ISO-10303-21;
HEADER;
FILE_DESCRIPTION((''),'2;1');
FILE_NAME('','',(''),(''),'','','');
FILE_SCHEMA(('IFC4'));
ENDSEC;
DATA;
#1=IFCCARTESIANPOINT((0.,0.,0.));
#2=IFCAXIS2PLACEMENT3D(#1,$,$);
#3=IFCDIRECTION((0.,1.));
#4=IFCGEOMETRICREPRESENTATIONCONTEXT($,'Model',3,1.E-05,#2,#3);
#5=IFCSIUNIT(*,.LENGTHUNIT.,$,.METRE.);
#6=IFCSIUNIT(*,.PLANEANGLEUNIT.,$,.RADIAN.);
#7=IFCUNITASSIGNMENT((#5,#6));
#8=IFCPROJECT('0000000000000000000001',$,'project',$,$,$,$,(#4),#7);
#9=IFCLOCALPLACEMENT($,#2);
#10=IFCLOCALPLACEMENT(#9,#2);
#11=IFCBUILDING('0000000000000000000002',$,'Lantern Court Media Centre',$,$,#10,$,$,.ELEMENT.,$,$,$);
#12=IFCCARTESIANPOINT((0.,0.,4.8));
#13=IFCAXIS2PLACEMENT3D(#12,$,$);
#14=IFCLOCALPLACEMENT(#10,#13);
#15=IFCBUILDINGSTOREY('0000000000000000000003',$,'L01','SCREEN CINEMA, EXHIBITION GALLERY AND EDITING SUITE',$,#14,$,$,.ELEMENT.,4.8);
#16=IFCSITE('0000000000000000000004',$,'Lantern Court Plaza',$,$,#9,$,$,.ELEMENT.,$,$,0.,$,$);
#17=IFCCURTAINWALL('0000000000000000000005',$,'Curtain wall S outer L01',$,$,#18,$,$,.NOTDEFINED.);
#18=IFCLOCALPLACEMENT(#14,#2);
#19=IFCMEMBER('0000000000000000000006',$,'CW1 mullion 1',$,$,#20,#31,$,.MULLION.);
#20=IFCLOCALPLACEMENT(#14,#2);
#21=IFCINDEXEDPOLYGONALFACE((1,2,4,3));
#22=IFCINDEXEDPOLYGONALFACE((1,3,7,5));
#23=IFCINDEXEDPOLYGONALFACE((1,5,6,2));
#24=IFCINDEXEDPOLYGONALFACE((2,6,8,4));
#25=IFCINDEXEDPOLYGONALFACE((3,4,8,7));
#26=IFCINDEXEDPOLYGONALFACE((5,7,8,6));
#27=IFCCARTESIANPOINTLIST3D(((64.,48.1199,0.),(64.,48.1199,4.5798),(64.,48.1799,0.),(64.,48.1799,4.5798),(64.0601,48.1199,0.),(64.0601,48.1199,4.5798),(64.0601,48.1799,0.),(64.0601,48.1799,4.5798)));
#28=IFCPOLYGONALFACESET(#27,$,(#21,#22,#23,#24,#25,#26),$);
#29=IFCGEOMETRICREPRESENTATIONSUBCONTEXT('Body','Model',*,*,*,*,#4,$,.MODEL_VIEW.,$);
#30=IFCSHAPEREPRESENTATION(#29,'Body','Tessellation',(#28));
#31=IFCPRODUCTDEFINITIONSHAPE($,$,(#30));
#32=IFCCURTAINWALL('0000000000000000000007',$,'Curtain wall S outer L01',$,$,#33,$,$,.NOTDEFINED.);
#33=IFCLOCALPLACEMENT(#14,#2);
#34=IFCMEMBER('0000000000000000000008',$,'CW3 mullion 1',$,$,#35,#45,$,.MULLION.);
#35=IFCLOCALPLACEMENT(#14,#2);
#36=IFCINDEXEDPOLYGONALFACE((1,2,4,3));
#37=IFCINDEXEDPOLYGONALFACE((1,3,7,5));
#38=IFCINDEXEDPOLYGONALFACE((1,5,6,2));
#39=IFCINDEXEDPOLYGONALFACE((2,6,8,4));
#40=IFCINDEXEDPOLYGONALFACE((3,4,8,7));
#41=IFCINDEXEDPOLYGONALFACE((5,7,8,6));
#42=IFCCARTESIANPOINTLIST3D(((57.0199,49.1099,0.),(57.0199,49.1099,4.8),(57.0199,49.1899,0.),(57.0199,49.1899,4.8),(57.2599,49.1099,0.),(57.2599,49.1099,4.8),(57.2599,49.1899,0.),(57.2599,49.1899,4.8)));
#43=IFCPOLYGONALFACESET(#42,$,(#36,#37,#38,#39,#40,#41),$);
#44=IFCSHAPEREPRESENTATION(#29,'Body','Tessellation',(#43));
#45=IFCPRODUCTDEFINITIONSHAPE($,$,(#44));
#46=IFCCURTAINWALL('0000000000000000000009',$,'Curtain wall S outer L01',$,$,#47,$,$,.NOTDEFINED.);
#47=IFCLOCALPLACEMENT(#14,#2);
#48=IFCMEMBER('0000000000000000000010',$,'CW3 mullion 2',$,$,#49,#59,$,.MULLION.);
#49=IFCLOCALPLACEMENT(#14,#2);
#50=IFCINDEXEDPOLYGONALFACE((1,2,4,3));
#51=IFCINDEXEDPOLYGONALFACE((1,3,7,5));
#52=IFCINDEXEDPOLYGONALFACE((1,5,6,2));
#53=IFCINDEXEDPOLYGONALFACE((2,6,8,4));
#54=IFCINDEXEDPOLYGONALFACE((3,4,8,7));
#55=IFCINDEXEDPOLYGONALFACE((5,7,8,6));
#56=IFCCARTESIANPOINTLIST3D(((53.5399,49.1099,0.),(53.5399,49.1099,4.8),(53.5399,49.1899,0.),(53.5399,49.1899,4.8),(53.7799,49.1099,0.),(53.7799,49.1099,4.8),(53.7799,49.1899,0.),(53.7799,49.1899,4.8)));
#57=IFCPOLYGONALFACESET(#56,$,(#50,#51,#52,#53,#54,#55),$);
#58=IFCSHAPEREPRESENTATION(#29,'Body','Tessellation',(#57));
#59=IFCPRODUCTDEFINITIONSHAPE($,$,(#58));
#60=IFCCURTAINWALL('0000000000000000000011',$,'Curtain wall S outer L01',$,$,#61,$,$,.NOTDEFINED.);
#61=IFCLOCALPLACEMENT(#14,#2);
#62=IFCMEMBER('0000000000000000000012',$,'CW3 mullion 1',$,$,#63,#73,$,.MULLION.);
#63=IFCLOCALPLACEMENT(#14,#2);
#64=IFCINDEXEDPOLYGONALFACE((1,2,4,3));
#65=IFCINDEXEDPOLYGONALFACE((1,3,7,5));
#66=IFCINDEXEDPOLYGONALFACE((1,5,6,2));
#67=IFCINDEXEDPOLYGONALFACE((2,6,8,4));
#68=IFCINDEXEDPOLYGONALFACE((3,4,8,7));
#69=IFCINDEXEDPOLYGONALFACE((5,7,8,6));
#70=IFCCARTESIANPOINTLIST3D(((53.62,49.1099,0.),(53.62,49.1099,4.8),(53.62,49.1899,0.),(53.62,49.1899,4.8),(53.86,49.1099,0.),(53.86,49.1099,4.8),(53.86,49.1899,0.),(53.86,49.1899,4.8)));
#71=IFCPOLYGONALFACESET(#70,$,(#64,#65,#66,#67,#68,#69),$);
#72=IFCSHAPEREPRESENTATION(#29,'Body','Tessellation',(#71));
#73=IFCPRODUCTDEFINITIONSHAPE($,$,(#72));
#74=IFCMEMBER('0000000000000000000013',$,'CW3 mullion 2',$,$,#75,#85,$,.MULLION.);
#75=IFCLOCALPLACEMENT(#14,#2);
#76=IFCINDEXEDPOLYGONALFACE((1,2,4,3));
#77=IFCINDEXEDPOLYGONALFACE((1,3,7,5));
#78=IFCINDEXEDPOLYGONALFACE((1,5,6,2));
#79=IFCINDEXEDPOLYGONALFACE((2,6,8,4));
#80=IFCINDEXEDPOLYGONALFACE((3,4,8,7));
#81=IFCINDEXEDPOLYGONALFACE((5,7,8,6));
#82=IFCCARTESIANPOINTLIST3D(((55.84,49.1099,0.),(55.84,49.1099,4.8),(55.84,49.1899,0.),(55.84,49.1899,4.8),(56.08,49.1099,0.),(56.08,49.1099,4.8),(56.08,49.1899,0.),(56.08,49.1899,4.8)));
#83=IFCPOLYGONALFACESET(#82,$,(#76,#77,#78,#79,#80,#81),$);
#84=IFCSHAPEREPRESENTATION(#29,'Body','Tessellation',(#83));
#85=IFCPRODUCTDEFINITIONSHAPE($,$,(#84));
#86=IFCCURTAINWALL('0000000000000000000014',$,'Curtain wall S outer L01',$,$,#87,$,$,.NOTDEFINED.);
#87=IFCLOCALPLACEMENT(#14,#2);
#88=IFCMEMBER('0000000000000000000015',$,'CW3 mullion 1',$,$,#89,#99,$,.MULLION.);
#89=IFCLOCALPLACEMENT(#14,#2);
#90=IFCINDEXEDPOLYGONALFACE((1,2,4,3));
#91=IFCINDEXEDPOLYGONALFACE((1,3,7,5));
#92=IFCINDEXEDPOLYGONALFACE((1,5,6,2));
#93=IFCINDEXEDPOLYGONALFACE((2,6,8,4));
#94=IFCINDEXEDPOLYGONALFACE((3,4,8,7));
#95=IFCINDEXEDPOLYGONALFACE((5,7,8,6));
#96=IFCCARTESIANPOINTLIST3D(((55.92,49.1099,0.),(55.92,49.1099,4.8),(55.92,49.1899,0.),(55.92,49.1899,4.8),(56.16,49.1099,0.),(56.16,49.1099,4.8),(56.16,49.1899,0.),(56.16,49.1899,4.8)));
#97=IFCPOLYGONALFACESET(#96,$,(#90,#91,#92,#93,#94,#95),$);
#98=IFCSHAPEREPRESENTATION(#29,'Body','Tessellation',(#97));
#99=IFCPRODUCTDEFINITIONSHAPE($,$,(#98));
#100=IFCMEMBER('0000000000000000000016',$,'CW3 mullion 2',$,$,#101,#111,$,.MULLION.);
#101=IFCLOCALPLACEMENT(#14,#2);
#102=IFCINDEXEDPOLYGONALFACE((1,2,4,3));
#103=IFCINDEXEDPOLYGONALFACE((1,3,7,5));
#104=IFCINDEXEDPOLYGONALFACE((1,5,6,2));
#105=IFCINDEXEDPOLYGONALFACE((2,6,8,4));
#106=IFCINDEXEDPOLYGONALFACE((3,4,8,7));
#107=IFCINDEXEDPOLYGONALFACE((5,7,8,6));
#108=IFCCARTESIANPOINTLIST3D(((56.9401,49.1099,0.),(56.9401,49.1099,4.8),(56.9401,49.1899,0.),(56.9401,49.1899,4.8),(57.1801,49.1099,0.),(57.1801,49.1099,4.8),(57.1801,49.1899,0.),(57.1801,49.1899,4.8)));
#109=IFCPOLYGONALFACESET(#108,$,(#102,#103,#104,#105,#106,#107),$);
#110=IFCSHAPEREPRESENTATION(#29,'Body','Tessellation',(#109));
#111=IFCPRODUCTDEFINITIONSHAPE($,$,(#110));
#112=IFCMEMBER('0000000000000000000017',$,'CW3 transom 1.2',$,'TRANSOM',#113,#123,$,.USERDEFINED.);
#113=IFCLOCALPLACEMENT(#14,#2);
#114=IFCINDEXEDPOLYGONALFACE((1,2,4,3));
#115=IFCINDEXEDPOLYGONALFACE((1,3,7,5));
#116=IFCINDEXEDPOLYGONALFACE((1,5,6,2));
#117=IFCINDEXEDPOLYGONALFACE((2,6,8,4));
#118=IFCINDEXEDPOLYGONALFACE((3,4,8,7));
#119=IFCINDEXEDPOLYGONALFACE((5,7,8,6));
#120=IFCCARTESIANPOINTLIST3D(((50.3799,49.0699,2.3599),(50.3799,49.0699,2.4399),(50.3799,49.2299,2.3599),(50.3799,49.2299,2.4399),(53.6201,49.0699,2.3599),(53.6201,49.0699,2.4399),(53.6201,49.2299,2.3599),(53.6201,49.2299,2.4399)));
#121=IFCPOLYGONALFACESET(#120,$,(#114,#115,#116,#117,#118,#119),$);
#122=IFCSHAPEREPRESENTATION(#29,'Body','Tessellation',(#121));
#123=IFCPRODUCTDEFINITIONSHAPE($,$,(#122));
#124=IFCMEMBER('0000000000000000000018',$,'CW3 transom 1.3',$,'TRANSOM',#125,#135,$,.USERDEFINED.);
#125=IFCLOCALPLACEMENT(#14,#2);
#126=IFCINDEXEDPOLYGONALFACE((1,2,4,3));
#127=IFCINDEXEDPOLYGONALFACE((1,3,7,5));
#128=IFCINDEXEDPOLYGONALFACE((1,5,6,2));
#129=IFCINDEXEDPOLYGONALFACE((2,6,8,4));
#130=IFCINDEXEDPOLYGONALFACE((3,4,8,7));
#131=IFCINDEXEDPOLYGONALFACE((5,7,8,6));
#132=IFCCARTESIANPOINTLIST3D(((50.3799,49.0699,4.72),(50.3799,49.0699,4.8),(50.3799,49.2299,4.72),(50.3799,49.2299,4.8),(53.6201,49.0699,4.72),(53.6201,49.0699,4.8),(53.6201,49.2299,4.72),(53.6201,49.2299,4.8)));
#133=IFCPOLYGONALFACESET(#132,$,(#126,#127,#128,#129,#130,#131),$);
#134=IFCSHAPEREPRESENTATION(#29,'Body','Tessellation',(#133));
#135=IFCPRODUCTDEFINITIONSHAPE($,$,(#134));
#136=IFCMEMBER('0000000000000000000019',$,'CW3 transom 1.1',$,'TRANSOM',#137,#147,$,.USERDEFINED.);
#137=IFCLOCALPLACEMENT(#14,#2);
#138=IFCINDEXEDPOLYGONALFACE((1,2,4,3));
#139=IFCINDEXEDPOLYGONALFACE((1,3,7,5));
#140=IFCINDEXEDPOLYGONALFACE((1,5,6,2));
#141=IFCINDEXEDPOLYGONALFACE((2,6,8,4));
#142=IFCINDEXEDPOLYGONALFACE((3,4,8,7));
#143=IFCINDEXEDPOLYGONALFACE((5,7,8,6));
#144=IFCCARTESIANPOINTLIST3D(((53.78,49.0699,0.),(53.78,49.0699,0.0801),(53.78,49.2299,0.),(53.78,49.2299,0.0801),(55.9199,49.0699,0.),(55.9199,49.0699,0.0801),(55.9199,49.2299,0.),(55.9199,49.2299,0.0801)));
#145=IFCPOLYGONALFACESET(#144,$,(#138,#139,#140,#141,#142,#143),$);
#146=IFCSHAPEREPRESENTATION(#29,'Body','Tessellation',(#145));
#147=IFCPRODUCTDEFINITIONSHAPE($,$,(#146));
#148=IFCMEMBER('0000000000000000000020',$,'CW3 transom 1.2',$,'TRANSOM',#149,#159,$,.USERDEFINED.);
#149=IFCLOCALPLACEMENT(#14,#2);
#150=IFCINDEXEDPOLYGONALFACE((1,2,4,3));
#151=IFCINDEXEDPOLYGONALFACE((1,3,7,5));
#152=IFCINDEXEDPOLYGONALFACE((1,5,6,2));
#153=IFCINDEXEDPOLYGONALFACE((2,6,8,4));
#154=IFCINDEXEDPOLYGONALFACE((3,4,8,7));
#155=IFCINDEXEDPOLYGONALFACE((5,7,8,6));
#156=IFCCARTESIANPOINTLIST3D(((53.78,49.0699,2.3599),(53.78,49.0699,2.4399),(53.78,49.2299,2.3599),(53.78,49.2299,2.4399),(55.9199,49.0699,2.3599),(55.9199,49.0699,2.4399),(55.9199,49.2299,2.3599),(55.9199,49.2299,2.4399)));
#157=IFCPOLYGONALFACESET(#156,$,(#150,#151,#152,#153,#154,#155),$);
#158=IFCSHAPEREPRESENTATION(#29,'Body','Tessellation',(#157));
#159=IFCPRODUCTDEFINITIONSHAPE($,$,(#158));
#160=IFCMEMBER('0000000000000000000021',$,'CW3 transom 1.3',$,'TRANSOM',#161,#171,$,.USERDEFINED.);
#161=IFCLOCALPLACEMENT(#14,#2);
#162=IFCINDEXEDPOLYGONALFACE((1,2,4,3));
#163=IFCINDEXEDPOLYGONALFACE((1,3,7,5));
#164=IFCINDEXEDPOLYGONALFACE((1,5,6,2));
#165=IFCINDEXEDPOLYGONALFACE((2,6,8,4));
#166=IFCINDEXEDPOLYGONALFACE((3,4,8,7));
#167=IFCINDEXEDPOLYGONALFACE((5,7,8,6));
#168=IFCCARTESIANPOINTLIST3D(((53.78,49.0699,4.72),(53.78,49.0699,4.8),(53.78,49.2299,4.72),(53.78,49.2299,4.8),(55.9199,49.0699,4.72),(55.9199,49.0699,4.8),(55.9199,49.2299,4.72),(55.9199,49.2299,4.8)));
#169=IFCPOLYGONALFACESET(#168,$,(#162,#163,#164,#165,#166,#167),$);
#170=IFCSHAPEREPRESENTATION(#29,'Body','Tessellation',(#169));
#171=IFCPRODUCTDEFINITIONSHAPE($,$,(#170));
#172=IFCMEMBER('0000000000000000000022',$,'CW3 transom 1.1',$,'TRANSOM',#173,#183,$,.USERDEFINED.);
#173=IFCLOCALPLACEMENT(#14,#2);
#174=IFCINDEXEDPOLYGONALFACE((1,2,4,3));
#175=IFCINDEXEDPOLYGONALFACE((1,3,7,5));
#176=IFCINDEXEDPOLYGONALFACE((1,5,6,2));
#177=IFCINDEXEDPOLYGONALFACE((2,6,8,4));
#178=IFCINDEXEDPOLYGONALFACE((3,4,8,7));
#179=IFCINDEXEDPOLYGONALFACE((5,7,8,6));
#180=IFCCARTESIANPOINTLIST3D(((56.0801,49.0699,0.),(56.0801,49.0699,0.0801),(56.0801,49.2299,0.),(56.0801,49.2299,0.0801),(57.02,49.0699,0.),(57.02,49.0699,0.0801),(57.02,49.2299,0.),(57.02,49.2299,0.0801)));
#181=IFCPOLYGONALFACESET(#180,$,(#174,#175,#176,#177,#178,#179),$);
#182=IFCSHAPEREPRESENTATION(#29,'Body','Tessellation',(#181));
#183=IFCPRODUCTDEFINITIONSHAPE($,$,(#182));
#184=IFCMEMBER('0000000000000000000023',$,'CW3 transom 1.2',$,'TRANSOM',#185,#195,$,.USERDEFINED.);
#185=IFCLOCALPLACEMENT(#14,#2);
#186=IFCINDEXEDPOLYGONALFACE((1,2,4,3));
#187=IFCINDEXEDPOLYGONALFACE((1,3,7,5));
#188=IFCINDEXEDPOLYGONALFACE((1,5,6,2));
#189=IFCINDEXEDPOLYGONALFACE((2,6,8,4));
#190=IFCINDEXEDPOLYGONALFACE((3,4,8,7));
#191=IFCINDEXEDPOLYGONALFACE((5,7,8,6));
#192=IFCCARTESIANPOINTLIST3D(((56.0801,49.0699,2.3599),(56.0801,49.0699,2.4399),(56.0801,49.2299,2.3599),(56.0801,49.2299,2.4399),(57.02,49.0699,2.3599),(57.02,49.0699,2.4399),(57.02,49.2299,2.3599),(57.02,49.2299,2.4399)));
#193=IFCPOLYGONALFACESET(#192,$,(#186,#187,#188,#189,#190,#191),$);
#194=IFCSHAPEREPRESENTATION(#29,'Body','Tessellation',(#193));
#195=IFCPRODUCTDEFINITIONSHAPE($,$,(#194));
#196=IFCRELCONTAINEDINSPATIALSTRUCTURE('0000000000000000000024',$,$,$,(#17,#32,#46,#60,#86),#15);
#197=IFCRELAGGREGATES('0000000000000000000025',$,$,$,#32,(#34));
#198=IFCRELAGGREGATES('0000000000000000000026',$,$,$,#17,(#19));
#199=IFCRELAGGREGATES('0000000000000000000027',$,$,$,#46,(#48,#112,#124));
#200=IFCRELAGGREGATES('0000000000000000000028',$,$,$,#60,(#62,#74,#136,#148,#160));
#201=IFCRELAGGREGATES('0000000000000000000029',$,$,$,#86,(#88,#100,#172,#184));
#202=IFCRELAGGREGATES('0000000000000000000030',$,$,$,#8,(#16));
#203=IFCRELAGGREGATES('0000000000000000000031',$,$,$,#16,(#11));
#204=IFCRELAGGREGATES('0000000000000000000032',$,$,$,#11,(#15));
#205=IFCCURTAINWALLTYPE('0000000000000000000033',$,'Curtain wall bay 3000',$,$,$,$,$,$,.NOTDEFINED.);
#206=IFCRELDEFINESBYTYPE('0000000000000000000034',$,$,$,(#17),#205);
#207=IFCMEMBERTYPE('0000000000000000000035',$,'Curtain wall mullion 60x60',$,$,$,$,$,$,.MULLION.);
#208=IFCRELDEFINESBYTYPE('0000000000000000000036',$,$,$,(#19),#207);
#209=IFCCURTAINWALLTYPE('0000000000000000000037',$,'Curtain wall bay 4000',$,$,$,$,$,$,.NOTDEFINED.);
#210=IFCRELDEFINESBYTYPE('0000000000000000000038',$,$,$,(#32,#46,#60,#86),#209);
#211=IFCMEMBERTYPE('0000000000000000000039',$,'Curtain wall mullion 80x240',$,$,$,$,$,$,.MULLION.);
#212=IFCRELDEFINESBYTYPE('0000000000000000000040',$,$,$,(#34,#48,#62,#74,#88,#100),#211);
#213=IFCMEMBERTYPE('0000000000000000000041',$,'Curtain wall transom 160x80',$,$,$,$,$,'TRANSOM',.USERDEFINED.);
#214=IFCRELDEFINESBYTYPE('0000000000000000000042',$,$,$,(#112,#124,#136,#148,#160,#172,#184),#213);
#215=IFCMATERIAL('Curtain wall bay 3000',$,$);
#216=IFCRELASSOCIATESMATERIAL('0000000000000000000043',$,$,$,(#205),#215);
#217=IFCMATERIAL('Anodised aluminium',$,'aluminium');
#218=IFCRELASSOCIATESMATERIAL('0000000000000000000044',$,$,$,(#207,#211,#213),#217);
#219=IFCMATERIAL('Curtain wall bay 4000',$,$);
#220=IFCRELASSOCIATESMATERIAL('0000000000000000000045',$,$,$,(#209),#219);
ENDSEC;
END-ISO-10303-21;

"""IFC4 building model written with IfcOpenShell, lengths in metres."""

from ifc_helpers import new_model, si_unit, direction, frame, origin, origin_2d, place, context, subcontext, project, spatial, rectangle, extrude, material, material_profile, profile_set, type_object, element, aggregate, save


model = new_model("IFC4")

# Units and contexts
model_context = context("Model", 3, precision=1e-05, world=origin(), true_north=direction((0.0, 1.0)))
body_context = subcontext(model_context, "Body", "Model", "MODEL_VIEW")
ifc_project = project(units=[si_unit("LENGTHUNIT", "METRE"), si_unit("PLANEANGLEUNIT", "RADIAN")], contexts=[model_context])

# Site, building, storey
site_placement = place(None, origin())
site = spatial("IfcSite", under=ifc_project, at=site_placement, Name="Lantern Court Plaza", CompositionType="ELEMENT", RefElevation=0.0)
building_placement = place(site_placement, origin())
building = spatial("IfcBuilding", under=site, at=building_placement, Name="Lantern Court Media Centre", CompositionType="ELEMENT")
storey_placement = place(building_placement, frame((0.0, 0.0, 4.8)))
storey = spatial("IfcBuildingStorey", under=building, at=storey_placement, Name="L01", Description="SCREEN CINEMA, EXHIBITION GALLERY AND EDITING SUITE", CompositionType="ELEMENT", Elevation=4.8)

# Curtain walls, members
ifc_material_1 = material(Name="Curtain wall bay 3000")
curtain_wall_type_1 = type_object("IfcCurtainWallType", Name="Curtain wall bay 3000", PredefinedType="NOTDEFINED", material=ifc_material_1)
curtain_wall_1_placement = place(storey_placement, origin())
curtain_wall_1 = element("IfcCurtainWall", 1, at=curtain_wall_1_placement, inside=storey, type_object=curtain_wall_type_1, Name="Curtain wall S outer L01", PredefinedType="NOTDEFINED")
ifc_material_2 = material(Name="Anodised aluminium", Category="aluminium")
ifc_material_profile_1 = material_profile(ifc_material_2, rectangle(XDim=0.0601, YDim=0.0601, at=origin_2d()), Name="AL 60x60")
ifc_profile_set_1 = profile_set([ifc_material_profile_1], Name="Anodised aluminium")
member_type_1 = type_object("IfcMemberType", Name="Curtain wall mullion 60x60", PredefinedType="MULLION", material=ifc_profile_set_1)
member_1_placement = place(storey_placement, frame((64.03, 48.1499, 0.0), z_axis=(0.0, 0.0, 1.0), x_axis=(0.0, 1.0, 0.0)))
member_1 = element("IfcMember", 2, at=member_1_placement, type_object=member_type_1, Name="CW1 mullion 1", PredefinedType="MULLION", context=body_context, shape_type="SweptSolid", body=[
    extrude(rectangle(XDim=0.0601, YDim=0.0601, at=origin_2d()), origin(), (0.0, 0.0, 1.0), 4.5798),
])
ifc_material_3 = material(Name="Curtain wall bay 4000")
curtain_wall_type_2 = type_object("IfcCurtainWallType", Name="Curtain wall bay 4000", PredefinedType="NOTDEFINED", material=ifc_material_3)
curtain_wall_2_placement = place(storey_placement, origin())
curtain_wall_2 = element("IfcCurtainWall", 3, at=curtain_wall_2_placement, inside=storey, type_object=curtain_wall_type_2, Name="Curtain wall S outer L01", PredefinedType="NOTDEFINED")
ifc_material_profile_2 = material_profile(ifc_material_2, rectangle(XDim=0.0801, YDim=0.24, at=origin_2d()), Name="AL 80x240")
ifc_profile_set_2 = profile_set([ifc_material_profile_2], Name="Anodised aluminium")
member_type_2 = type_object("IfcMemberType", Name="Curtain wall mullion 80x240", PredefinedType="MULLION", material=ifc_profile_set_2)
member_2_placement = place(storey_placement, frame((57.1399, 49.1499, 0.0), z_axis=(0.0, 0.0, 1.0), x_axis=(0.0, 1.0, 0.0)))
member_2 = element("IfcMember", 4, at=member_2_placement, type_object=member_type_2, Name="CW3 mullion 1", PredefinedType="MULLION", context=body_context, shape_type="SweptSolid", body=[
    extrude(rectangle(XDim=0.0801, YDim=0.24, at=origin_2d()), origin(), (0.0, 0.0, 1.0), 4.8),
])
aggregate(curtain_wall_2, [member_2])
curtain_wall_3_placement = place(storey_placement, origin())
curtain_wall_3 = element("IfcCurtainWall", 5, at=curtain_wall_3_placement, inside=storey, type_object=curtain_wall_type_2, Name="Curtain wall S outer L01", PredefinedType="NOTDEFINED")
member_3_placement = place(storey_placement, frame((53.6599, 49.1499, 0.0), z_axis=(0.0, 0.0, 1.0), x_axis=(0.0, 1.0, 0.0)))
member_3 = element("IfcMember", 6, at=member_3_placement, type_object=member_type_2, Name="CW3 mullion 2", PredefinedType="MULLION", context=body_context, shape_type="SweptSolid", body=[
    extrude(rectangle(XDim=0.0801, YDim=0.24, at=origin_2d()), origin(), (0.0, 0.0, 1.0), 4.8),
])

# Curtain walls, members
curtain_wall_4_placement = place(storey_placement, origin())
curtain_wall_4 = element("IfcCurtainWall", 7, at=curtain_wall_4_placement, inside=storey, type_object=curtain_wall_type_2, Name="Curtain wall S outer L01", PredefinedType="NOTDEFINED")
member_4_placement = place(storey_placement, frame((53.74, 49.1499, 0.0), z_axis=(0.0, 0.0, 1.0), x_axis=(0.0, 1.0, 0.0)))
member_4 = element("IfcMember", 8, at=member_4_placement, type_object=member_type_2, Name="CW3 mullion 1", PredefinedType="MULLION", context=body_context, shape_type="SweptSolid", body=[
    extrude(rectangle(XDim=0.0801, YDim=0.24, at=origin_2d()), origin(), (0.0, 0.0, 1.0), 4.8),
])
member_5_placement = place(storey_placement, frame((55.96, 49.1499, 0.0), z_axis=(0.0, 0.0, 1.0), x_axis=(0.0, 1.0, 0.0)))
member_5 = element("IfcMember", 9, at=member_5_placement, type_object=member_type_2, Name="CW3 mullion 2", PredefinedType="MULLION", context=body_context, shape_type="SweptSolid", body=[
    extrude(rectangle(XDim=0.0801, YDim=0.24, at=origin_2d()), origin(), (0.0, 0.0, 1.0), 4.8),
])
curtain_wall_5_placement = place(storey_placement, origin())
curtain_wall_5 = element("IfcCurtainWall", 10, at=curtain_wall_5_placement, inside=storey, type_object=curtain_wall_type_2, Name="Curtain wall S outer L01", PredefinedType="NOTDEFINED")
member_6_placement = place(storey_placement, frame((56.04, 49.1499, 0.0), z_axis=(0.0, 0.0, 1.0), x_axis=(0.0, 1.0, 0.0)))
member_6 = element("IfcMember", 11, at=member_6_placement, type_object=member_type_2, Name="CW3 mullion 1", PredefinedType="MULLION", context=body_context, shape_type="SweptSolid", body=[
    extrude(rectangle(XDim=0.0801, YDim=0.24, at=origin_2d()), origin(), (0.0, 0.0, 1.0), 4.8),
])
member_7_placement = place(storey_placement, frame((57.0601, 49.1499, 0.0), z_axis=(0.0, 0.0, 1.0), x_axis=(0.0, 1.0, 0.0)))
member_7 = element("IfcMember", 12, at=member_7_placement, type_object=member_type_2, Name="CW3 mullion 2", PredefinedType="MULLION", context=body_context, shape_type="SweptSolid", body=[
    extrude(rectangle(XDim=0.0801, YDim=0.24, at=origin_2d()), origin(), (0.0, 0.0, 1.0), 4.8),
])

# Members
ifc_material_profile_3 = material_profile(ifc_material_2, rectangle(XDim=0.1599, YDim=0.0801, at=origin_2d()), Name="AL 80x160")
ifc_profile_set_3 = profile_set([ifc_material_profile_3], Name="Anodised aluminium")
member_type_3 = type_object("IfcMemberType", Name="Curtain wall transom 160x80", ElementType="TRANSOM", PredefinedType="USERDEFINED", material=ifc_profile_set_3)
member_8_placement = place(storey_placement, frame((50.3799, 49.1499, 2.3999), z_axis=(1.0, 0.0, 0.0), x_axis=(0.0, 1.0, 0.0)))
member_8 = element("IfcMember", 13, at=member_8_placement, type_object=member_type_3, Name="CW3 transom 1.2", ObjectType="TRANSOM", PredefinedType="USERDEFINED", context=body_context, shape_type="SweptSolid", body=[
    extrude(rectangle(XDim=0.1599, YDim=0.0801, at=origin_2d()), origin(), (0.0, 0.0, 1.0), 3.2402),
])
member_9_placement = place(storey_placement, frame((50.3799, 49.1499, 4.76), z_axis=(1.0, 0.0, 0.0), x_axis=(0.0, 1.0, 0.0)))
member_9 = element("IfcMember", 14, at=member_9_placement, type_object=member_type_3, Name="CW3 transom 1.3", ObjectType="TRANSOM", PredefinedType="USERDEFINED", context=body_context, shape_type="SweptSolid", body=[
    extrude(rectangle(XDim=0.1599, YDim=0.0801, at=origin_2d()), origin(), (0.0, 0.0, 1.0), 3.2402),
])
member_10_placement = place(storey_placement, frame((53.78, 49.1499, 0.04), z_axis=(1.0, 0.0, 0.0), x_axis=(0.0, 1.0, 0.0)))
member_10 = element("IfcMember", 15, at=member_10_placement, type_object=member_type_3, Name="CW3 transom 1.1", ObjectType="TRANSOM", PredefinedType="USERDEFINED", context=body_context, shape_type="SweptSolid", body=[
    extrude(rectangle(XDim=0.1599, YDim=0.0801, at=origin_2d()), origin(), (0.0, 0.0, 1.0), 2.1399),
])
member_11_placement = place(storey_placement, frame((53.78, 49.1499, 2.3999), z_axis=(1.0, 0.0, 0.0), x_axis=(0.0, 1.0, 0.0)))
member_11 = element("IfcMember", 16, at=member_11_placement, type_object=member_type_3, Name="CW3 transom 1.2", ObjectType="TRANSOM", PredefinedType="USERDEFINED", context=body_context, shape_type="SweptSolid", body=[
    extrude(rectangle(XDim=0.1599, YDim=0.0801, at=origin_2d()), origin(), (0.0, 0.0, 1.0), 2.1399),
])
member_12_placement = place(storey_placement, frame((53.78, 49.1499, 4.76), z_axis=(1.0, 0.0, 0.0), x_axis=(0.0, 1.0, 0.0)))
member_12 = element("IfcMember", 17, at=member_12_placement, type_object=member_type_3, Name="CW3 transom 1.3", ObjectType="TRANSOM", PredefinedType="USERDEFINED", context=body_context, shape_type="SweptSolid", body=[
    extrude(rectangle(XDim=0.1599, YDim=0.0801, at=origin_2d()), origin(), (0.0, 0.0, 1.0), 2.1399),
])
member_13_placement = place(storey_placement, frame((56.0801, 49.1499, 0.04), z_axis=(1.0, 0.0, 0.0), x_axis=(0.0, 1.0, 0.0)))
member_13 = element("IfcMember", 18, at=member_13_placement, type_object=member_type_3, Name="CW3 transom 1.1", ObjectType="TRANSOM", PredefinedType="USERDEFINED", context=body_context, shape_type="SweptSolid", body=[
    extrude(rectangle(XDim=0.1599, YDim=0.0801, at=origin_2d()), origin(), (0.0, 0.0, 1.0), 0.9399),
])
member_14_placement = place(storey_placement, frame((56.0801, 49.1499, 2.3999), z_axis=(1.0, 0.0, 0.0), x_axis=(0.0, 1.0, 0.0)))
member_14 = element("IfcMember", 19, at=member_14_placement, type_object=member_type_3, Name="CW3 transom 1.2", ObjectType="TRANSOM", PredefinedType="USERDEFINED", context=body_context, shape_type="SweptSolid", body=[
    extrude(rectangle(XDim=0.1599, YDim=0.0801, at=origin_2d()), origin(), (0.0, 0.0, 1.0), 0.9399),
])

aggregate(curtain_wall_1, [member_1])
aggregate(curtain_wall_3, [member_3, member_8, member_9])
aggregate(curtain_wall_4, [member_4, member_5, member_10, member_11, member_12])
aggregate(curtain_wall_5, [member_6, member_7, member_13, member_14])

save(model, "model.ifc")
